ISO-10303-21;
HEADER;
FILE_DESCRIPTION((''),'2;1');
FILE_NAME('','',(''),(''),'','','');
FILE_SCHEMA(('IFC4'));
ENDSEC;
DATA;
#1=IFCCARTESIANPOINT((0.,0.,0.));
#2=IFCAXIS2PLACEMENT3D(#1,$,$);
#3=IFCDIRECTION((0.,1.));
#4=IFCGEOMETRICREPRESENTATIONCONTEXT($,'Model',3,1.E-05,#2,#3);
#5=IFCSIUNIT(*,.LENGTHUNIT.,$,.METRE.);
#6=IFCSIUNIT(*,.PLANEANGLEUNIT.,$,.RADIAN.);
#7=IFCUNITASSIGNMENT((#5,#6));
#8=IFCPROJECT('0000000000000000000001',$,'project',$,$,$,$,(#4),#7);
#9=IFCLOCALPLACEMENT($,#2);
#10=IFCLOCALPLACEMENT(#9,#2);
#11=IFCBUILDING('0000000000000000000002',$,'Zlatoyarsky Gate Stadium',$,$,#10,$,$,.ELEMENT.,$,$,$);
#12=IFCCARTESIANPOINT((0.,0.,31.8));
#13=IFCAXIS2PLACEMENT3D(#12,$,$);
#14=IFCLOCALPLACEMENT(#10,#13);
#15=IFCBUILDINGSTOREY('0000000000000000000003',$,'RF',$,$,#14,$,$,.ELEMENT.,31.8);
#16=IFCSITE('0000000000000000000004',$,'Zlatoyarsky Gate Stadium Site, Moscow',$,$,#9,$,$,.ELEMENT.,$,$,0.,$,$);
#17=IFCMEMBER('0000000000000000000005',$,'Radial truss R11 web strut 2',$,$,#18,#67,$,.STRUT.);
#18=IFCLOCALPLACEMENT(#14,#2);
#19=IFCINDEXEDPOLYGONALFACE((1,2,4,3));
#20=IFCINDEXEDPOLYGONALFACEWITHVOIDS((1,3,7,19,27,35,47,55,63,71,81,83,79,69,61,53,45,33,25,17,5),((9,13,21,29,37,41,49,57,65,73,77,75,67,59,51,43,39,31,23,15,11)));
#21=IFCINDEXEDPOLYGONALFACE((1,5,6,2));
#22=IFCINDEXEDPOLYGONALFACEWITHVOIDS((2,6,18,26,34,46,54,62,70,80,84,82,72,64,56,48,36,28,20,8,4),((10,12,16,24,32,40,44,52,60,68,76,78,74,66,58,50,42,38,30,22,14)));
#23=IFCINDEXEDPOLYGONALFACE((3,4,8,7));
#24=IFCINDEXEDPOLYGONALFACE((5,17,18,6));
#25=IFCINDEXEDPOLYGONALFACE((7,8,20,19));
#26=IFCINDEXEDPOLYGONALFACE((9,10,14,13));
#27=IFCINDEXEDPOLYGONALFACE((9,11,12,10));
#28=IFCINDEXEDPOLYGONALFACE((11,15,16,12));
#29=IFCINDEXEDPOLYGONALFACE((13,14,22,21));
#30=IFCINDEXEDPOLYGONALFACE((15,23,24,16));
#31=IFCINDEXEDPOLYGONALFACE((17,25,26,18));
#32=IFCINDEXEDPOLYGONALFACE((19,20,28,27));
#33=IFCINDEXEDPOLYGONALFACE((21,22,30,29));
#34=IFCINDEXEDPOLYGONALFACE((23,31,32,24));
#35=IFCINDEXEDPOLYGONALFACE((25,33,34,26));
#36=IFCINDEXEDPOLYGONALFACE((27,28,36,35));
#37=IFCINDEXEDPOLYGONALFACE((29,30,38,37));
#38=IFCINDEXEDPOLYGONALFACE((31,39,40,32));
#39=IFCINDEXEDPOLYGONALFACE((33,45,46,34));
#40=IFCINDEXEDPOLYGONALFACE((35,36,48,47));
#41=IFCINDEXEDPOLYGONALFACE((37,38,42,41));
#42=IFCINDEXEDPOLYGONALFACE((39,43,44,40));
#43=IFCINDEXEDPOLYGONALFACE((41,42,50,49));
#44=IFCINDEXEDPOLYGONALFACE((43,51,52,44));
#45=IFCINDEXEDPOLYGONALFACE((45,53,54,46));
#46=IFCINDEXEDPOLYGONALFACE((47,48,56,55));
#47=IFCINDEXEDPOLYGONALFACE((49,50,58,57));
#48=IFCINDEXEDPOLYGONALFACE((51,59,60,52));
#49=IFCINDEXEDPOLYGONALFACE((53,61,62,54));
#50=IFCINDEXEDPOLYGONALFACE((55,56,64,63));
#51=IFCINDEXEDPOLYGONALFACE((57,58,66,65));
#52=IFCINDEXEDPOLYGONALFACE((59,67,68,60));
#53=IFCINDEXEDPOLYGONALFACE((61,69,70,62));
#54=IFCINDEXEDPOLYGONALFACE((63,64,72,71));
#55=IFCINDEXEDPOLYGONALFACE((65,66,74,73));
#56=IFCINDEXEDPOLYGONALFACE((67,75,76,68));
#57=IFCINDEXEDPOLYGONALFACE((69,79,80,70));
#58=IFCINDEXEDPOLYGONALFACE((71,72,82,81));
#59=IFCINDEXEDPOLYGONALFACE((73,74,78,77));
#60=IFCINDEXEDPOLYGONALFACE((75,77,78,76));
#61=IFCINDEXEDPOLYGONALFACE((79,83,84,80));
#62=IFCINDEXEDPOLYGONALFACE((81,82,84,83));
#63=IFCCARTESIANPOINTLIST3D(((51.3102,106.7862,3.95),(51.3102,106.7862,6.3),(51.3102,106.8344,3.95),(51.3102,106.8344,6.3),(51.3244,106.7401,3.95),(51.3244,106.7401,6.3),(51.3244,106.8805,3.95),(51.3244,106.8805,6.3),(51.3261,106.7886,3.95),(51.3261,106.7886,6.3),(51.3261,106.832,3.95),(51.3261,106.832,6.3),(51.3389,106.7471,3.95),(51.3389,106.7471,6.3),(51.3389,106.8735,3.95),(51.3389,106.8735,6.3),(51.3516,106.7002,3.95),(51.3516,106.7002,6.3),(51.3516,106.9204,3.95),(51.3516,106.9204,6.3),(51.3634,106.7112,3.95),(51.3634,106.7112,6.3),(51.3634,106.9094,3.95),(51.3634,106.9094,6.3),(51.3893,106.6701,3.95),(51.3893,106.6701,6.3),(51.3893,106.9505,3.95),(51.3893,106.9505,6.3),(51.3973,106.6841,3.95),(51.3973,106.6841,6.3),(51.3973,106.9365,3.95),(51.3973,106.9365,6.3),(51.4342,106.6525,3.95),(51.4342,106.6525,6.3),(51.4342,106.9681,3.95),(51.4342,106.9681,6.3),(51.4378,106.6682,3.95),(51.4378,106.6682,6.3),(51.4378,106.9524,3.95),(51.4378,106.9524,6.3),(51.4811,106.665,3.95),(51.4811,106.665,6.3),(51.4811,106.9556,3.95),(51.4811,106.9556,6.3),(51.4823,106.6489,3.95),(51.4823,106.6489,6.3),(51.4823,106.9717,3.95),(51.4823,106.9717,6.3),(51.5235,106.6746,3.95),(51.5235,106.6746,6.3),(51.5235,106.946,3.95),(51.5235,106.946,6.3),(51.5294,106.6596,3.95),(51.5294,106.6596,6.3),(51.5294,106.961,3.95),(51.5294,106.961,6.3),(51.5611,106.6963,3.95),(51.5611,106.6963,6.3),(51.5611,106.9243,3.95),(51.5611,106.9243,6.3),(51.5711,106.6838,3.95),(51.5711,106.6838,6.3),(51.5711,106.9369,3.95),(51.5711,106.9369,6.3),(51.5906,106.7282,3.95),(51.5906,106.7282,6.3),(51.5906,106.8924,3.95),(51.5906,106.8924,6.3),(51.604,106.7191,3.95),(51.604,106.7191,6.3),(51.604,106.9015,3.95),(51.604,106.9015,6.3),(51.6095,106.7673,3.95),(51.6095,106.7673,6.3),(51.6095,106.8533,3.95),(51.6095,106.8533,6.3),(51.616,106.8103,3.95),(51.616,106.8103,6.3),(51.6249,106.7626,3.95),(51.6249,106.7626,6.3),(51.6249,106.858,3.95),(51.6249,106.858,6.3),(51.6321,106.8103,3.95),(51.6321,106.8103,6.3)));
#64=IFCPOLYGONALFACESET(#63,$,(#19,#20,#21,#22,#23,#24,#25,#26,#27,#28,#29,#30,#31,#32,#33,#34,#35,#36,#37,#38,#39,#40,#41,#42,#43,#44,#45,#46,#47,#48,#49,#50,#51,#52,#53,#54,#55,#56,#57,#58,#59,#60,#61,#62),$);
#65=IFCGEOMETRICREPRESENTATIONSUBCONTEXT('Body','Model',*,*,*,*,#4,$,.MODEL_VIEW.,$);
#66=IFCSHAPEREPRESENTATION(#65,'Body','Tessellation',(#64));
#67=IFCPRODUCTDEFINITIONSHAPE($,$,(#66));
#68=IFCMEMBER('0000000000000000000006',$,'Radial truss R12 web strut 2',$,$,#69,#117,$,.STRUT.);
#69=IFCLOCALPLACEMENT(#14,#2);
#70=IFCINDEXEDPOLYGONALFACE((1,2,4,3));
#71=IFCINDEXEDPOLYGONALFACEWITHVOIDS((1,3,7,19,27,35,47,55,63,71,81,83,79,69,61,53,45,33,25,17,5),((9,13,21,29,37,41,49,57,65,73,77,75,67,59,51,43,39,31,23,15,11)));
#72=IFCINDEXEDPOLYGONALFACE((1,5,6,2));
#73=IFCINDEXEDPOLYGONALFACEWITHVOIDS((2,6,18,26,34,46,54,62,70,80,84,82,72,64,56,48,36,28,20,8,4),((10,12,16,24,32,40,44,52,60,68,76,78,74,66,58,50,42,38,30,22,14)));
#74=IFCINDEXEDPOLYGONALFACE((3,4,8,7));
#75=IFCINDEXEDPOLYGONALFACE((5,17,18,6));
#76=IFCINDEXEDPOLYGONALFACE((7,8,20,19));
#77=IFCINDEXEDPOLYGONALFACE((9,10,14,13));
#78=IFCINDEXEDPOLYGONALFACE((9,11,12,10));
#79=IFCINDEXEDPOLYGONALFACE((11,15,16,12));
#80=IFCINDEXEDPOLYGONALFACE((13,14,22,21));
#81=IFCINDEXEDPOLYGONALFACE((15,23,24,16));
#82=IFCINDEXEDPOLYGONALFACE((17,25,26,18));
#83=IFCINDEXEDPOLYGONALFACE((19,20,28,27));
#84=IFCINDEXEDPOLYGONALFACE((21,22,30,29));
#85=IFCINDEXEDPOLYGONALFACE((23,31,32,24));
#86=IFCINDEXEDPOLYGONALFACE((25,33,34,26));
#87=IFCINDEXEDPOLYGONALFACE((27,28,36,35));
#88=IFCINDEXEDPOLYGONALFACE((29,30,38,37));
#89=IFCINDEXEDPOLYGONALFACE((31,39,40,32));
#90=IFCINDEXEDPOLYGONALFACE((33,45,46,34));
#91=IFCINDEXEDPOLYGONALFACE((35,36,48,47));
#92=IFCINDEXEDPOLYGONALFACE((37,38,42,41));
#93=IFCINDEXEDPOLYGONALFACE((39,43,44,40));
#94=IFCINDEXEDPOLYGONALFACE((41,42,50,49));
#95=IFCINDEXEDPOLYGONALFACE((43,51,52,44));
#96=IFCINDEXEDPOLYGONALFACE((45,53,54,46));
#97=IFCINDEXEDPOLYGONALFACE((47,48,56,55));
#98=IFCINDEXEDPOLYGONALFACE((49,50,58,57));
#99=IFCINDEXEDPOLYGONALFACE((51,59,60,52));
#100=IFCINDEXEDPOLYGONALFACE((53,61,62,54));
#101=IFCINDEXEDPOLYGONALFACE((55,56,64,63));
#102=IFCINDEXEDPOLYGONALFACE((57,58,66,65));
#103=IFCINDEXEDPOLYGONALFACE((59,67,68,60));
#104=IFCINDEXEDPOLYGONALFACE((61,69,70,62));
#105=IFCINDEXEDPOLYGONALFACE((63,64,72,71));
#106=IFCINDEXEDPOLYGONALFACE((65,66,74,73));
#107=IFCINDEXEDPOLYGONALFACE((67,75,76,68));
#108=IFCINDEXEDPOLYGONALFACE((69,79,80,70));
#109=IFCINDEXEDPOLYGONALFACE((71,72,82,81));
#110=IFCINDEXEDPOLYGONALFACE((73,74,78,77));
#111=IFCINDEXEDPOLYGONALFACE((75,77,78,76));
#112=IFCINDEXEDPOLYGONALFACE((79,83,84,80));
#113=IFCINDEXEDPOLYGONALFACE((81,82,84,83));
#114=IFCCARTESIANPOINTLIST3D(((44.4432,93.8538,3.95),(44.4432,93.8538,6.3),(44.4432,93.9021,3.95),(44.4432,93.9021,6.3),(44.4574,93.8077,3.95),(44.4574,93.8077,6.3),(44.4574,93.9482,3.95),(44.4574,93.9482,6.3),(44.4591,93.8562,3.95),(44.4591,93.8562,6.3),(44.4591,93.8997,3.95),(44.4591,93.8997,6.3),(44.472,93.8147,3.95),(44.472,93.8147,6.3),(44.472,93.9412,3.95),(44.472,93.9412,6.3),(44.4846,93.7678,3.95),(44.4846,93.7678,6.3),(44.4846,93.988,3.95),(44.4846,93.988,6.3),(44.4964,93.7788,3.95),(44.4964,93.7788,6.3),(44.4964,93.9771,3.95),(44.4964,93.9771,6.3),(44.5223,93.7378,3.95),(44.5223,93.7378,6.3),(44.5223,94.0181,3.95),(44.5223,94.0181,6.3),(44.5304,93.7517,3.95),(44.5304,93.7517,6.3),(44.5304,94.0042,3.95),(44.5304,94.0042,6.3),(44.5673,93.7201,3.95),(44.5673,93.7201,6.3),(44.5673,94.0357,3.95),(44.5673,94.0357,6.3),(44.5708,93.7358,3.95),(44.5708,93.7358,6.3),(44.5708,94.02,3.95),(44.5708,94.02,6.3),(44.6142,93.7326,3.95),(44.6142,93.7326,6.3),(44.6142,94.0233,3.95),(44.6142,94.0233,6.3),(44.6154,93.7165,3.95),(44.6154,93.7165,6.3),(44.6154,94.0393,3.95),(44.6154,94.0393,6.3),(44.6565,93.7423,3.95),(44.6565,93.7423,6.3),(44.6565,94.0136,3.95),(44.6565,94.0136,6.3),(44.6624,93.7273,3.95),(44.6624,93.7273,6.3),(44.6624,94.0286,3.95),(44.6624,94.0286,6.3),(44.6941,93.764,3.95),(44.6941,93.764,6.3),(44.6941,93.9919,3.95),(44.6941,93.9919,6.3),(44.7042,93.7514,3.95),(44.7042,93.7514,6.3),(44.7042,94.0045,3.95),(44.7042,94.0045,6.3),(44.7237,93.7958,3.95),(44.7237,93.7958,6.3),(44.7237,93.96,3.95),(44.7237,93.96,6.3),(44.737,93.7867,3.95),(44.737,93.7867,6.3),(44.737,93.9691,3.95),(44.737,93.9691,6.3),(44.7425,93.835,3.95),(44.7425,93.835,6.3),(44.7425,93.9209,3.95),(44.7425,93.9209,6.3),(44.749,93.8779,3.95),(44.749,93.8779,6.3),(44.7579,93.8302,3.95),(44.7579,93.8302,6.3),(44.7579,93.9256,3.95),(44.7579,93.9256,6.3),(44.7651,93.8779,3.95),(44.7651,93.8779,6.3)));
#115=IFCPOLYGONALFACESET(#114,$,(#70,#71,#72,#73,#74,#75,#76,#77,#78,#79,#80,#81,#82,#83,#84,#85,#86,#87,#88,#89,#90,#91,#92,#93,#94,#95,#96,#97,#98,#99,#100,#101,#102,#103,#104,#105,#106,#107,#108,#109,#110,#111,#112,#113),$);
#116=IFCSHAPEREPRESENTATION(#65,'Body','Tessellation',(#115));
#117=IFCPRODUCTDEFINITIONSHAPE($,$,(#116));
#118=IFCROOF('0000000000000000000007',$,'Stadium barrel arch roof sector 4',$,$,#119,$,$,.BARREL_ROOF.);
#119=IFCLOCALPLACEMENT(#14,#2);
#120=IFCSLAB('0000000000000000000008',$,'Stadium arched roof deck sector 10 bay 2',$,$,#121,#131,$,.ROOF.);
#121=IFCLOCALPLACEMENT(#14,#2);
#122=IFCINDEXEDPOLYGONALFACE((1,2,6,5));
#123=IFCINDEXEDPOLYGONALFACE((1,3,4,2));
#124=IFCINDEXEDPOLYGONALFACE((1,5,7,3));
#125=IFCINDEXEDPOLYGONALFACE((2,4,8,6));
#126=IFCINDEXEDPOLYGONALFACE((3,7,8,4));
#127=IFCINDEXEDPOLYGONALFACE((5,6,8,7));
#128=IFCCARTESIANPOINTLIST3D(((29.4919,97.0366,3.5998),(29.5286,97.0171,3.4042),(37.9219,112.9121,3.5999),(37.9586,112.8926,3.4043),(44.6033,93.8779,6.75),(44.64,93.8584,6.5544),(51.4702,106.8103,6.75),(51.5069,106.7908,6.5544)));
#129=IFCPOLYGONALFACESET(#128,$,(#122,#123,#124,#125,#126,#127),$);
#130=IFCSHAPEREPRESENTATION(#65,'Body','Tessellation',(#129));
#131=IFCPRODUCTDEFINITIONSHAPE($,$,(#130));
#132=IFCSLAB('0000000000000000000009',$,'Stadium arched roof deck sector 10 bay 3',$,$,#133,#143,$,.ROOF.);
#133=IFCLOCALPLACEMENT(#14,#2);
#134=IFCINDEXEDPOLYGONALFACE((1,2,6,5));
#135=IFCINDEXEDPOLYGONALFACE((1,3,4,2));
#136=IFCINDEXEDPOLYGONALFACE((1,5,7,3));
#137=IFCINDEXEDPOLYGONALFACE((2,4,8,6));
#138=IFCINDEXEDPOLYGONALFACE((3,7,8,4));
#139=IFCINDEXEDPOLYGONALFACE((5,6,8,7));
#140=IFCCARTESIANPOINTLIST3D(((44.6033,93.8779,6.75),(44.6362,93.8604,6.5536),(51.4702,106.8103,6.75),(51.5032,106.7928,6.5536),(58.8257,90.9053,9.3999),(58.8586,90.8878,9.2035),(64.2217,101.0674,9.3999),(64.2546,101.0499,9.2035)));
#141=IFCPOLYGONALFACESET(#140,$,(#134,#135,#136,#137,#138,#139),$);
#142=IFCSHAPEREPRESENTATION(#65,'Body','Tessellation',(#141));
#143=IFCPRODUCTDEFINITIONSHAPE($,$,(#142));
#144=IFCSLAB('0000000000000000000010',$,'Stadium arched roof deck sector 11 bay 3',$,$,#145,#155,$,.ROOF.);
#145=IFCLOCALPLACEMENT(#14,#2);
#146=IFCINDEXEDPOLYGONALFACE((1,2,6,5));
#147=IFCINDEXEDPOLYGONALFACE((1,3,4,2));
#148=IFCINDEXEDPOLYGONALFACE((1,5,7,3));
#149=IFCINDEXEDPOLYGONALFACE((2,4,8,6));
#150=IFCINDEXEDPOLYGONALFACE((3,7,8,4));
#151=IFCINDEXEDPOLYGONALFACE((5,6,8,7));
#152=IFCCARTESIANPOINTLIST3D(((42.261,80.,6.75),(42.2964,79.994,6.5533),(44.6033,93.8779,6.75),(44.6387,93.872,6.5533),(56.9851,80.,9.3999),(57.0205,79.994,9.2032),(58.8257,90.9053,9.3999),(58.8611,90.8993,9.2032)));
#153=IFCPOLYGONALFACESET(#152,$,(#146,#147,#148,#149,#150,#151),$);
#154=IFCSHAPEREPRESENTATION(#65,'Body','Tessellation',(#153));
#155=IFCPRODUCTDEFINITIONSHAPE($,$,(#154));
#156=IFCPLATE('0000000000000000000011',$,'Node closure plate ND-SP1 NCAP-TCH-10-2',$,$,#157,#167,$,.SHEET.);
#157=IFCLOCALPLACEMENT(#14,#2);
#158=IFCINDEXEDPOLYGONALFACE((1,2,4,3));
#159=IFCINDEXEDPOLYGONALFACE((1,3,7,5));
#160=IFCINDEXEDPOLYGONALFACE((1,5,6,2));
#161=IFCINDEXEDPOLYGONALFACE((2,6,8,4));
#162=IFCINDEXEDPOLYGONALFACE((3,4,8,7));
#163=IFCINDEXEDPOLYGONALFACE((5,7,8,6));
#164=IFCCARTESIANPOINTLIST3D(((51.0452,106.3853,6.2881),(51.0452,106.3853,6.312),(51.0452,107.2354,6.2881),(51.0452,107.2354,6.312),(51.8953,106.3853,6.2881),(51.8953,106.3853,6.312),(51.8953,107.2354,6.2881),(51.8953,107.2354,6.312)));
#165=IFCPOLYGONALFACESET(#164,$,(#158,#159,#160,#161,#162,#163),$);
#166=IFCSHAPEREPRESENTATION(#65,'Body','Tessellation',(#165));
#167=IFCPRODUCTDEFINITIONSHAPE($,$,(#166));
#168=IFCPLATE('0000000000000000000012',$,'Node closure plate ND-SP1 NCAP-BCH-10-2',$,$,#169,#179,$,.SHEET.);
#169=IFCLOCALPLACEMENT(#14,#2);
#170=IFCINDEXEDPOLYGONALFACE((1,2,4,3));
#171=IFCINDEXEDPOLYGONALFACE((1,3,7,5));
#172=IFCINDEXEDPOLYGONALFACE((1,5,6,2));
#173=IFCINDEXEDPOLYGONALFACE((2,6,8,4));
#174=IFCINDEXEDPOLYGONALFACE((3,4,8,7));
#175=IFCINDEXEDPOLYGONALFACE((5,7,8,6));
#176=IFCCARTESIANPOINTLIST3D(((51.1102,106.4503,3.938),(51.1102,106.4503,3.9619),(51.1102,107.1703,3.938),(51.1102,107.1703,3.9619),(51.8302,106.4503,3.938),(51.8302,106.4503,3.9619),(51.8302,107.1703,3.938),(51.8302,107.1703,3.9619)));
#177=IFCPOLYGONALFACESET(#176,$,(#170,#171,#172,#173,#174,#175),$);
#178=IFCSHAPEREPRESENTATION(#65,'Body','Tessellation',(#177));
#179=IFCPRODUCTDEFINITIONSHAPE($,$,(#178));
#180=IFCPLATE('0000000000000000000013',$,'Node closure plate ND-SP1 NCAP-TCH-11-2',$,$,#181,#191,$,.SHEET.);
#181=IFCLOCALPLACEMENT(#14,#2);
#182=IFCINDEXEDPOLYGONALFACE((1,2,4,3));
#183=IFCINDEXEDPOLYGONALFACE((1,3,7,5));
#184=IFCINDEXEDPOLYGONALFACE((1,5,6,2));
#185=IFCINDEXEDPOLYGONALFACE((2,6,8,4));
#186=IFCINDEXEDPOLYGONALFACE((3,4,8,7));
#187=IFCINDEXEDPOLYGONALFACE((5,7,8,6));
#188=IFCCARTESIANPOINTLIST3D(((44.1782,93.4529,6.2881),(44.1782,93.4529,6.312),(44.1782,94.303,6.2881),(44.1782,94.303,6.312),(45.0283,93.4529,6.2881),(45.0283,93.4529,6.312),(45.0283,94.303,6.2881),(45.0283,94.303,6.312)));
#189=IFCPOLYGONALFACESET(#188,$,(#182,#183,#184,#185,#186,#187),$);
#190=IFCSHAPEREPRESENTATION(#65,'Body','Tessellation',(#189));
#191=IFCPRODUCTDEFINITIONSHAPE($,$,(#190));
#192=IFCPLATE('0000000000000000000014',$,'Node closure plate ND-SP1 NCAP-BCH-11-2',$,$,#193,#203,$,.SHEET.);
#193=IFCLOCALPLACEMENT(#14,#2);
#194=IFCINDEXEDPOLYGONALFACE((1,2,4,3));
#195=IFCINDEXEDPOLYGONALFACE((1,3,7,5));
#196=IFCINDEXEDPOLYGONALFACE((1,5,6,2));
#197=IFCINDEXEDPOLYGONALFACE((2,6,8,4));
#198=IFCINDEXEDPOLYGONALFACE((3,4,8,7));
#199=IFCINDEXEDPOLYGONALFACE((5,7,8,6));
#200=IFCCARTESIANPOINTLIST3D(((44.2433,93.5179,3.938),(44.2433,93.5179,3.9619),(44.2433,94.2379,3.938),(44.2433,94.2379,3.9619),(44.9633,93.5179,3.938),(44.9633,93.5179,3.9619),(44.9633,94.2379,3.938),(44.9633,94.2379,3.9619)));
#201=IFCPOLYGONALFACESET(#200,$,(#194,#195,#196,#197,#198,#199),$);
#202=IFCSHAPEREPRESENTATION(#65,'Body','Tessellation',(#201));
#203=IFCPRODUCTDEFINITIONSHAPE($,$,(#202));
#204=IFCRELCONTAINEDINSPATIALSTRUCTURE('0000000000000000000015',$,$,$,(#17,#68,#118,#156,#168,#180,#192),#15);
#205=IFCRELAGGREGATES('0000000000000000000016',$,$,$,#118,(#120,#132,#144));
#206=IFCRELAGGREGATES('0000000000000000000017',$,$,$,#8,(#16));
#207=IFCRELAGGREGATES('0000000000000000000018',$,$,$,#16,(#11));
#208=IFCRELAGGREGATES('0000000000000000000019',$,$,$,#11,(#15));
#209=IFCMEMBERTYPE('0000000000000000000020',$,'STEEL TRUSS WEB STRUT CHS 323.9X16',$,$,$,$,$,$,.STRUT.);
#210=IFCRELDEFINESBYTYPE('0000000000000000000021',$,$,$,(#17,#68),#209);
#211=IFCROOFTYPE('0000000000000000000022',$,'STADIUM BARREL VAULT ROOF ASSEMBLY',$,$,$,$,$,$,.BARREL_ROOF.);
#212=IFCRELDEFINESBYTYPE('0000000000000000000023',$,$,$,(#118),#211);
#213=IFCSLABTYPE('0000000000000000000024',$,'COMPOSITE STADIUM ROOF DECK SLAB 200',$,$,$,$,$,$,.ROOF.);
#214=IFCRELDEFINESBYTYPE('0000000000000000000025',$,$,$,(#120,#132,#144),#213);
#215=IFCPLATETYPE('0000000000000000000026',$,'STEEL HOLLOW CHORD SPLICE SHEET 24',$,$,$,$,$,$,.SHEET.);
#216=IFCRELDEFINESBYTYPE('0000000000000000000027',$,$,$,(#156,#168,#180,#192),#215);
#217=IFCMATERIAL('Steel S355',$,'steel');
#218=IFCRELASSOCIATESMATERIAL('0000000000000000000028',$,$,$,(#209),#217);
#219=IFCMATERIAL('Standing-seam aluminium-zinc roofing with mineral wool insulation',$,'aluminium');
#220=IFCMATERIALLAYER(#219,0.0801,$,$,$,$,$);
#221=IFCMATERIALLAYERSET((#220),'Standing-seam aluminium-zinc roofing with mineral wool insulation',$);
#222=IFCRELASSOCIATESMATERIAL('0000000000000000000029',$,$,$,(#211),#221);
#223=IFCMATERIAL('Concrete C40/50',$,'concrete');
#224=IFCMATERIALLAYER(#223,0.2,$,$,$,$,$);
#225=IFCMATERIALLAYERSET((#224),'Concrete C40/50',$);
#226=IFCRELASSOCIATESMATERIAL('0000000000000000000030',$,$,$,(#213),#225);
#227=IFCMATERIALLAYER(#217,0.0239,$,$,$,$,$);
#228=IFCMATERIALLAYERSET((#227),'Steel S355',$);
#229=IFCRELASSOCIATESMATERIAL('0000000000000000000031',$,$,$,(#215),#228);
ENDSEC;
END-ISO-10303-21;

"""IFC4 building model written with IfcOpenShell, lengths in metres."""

from ifc_helpers import new_model, si_unit, direction, frame, origin, origin_2d, place, context, subcontext, project, spatial, polyline, rectangle, hollow_circle, outline, extrude, material, layer, layer_set, material_profile, profile_set, type_object, element, aggregate, save


model = new_model("IFC4")

# Units and contexts
model_context = context("Model", 3, precision=1e-05, world=origin(), true_north=direction((0.0, 1.0)))
body_context = subcontext(model_context, "Body", "Model", "MODEL_VIEW")
ifc_project = project(units=[si_unit("LENGTHUNIT", "METRE"), si_unit("PLANEANGLEUNIT", "RADIAN")], contexts=[model_context])

# Site, building, storey
site_placement = place(None, origin())
site = spatial("IfcSite", under=ifc_project, at=site_placement, Name="Zlatoyarsky Gate Stadium Site, Moscow", CompositionType="ELEMENT", RefElevation=0.0)
building_placement = place(site_placement, origin())
building = spatial("IfcBuilding", under=site, at=building_placement, Name="Zlatoyarsky Gate Stadium", CompositionType="ELEMENT")
storey_placement = place(building_placement, frame((0.0, 0.0, 31.8)))
storey = spatial("IfcBuildingStorey", under=building, at=storey_placement, Name="RF", CompositionType="ELEMENT", Elevation=31.8)

# Shared definitions
ifc_material_1 = material(Name="Steel S355", Category="steel")

# Members
ifc_material_profile_1 = material_profile(ifc_material_1, hollow_circle(Radius=0.1619, WallThickness=0.0161, at=origin_2d()), Name="CHS 323.9X16")
ifc_profile_set_1 = profile_set([ifc_material_profile_1], Name="Steel S355")
member_type_1 = type_object("IfcMemberType", Name="STEEL TRUSS WEB STRUT CHS 323.9X16", PredefinedType="STRUT", material=ifc_profile_set_1)
for number, where, z_axis, x_axis, name in (
    (1, (51.4702, 106.8103, 3.95), (0.0, 0.0, 1.0), (1.0, 0.0, 0.0), "Radial truss R11 web strut 2"),
    (2, (44.6033, 93.8779, 3.95), (0.0, 0.0, 1.0), (1.0, 0.0, 0.0), "Radial truss R12 web strut 2"),
):
    element("IfcMember", number, at=place(storey_placement, frame(where, z_axis=z_axis, x_axis=x_axis)), inside=storey, type_object=member_type_1, Name=name, PredefinedType="STRUT", context=body_context, shape_type="SweptSolid", body=[
        extrude(hollow_circle(Radius=0.1619, WallThickness=0.0161, at=origin_2d()), origin(), (0.0, 0.0, 1.0), 2.3501),
    ])

# Roof, slabs
ifc_material_2 = material(Name="Standing-seam aluminium-zinc roofing with mineral wool insulation", Category="aluminium")
ifc_layer_1 = layer(ifc_material_2, 0.0801)
ifc_layer_set_1 = layer_set([ifc_layer_1], Name="Standing-seam aluminium-zinc roofing with mineral wool insulation")
roof_type = type_object("IfcRoofType", Name="STADIUM BARREL VAULT ROOF ASSEMBLY", PredefinedType="BARREL_ROOF", material=ifc_layer_set_1)
roof_placement = place(storey_placement, origin())
roof = element("IfcRoof", 3, at=roof_placement, inside=storey, type_object=roof_type, Name="Stadium barrel arch roof sector 4", PredefinedType="BARREL_ROOF")
ifc_material_3 = material(Name="Concrete C40/50", Category="concrete")
ifc_layer_2 = layer(ifc_material_3, 0.2)
ifc_layer_set_2 = layer_set([ifc_layer_2], Name="Concrete C40/50")
slab_type = type_object("IfcSlabType", Name="COMPOSITE STADIUM ROOF DECK SLAB 200", PredefinedType="ROOF", material=ifc_layer_set_2)
slab_1_placement = place(storey_placement, frame((37.9219, 112.9121, 3.5999), z_axis=(-0.183541, 0.09746, 0.978169), x_axis=(-0.468985, -0.883206, -0.000001)))
slab_1 = element("IfcSlab", 4, at=slab_1_placement, type_object=slab_type, Name="Stadium arched roof deck sector 10 bay 2", PredefinedType="ROOF", context=body_context, shape_type="SweptSolid", body=[
    extrude(outline(polyline([(0.0, 0.0), (17.9748, 0.0), (13.6776, 15.1587), (-0.9648, 15.1586), (0.0, 0.0)])), origin(), (0.0, 0.0, -1.0), 0.2),
])
slab_2_placement = place(storey_placement, frame((51.4702, 106.8103, 6.75), z_axis=(-0.164762, 0.087487, 0.982446), x_axis=(-0.468975, -0.883211, 0.0)))
slab_2 = element("IfcSlab", 5, at=slab_2_placement, type_object=slab_type, Name="Stadium arched roof deck sector 10 bay 3", PredefinedType="ROOF", context=body_context, shape_type="SweptSolid", body=[
    extrude(outline(polyline([(0.0, 0.0), (14.6424, 0.0), (10.598, 14.2049), (-0.9079, 14.2049), (0.0, 0.0)])), origin(), (0.0, 0.0, -1.0), 0.2),
])
slab_3_placement = place(storey_placement, frame((44.6033, 93.8779, 6.75), z_axis=(-0.177045, 0.029881, 0.983749), x_axis=(-0.166424, -0.986054, 0.0)))
slab_3 = element("IfcSlab", 6, at=slab_3_placement, type_object=slab_type, Name="Stadium arched roof deck sector 11 bay 3", PredefinedType="ROOF", context=body_context, shape_type="SweptSolid", body=[
    extrude(outline(polyline([(0.0, 0.0), (14.0742, 0.0), (11.6238, 14.7586), (0.5642, 14.7586), (0.0, 0.0)])), origin(), (0.0, 0.0, -1.0), 0.2),
])

# Plates
ifc_layer_3 = layer(ifc_material_1, 0.0239)
ifc_layer_set_3 = layer_set([ifc_layer_3], Name="Steel S355")
plate_type_1 = type_object("IfcPlateType", Name="STEEL HOLLOW CHORD SPLICE SHEET 24", PredefinedType="SHEET", material=ifc_layer_set_3)
plate_1_placement = place(storey_placement, frame((51.4702, 106.8103, 6.2881), z_axis=(0.0, 0.0, 1.0), x_axis=(1.0, 0.0, 0.0)))
element("IfcPlate", 7, at=plate_1_placement, inside=storey, type_object=plate_type_1, Name="Node closure plate ND-SP1 NCAP-TCH-10-2", PredefinedType="SHEET", context=body_context, shape_type="SweptSolid", body=[
    extrude(rectangle(XDim=0.8501, YDim=0.8501, at=origin_2d()), origin(), (0.0, 0.0, 1.0), 0.0239),
])
plate_2_placement = place(storey_placement, frame((51.4702, 106.8103, 3.938), z_axis=(0.0, 0.0, 1.0), x_axis=(1.0, 0.0, 0.0)))
element("IfcPlate", 8, at=plate_2_placement, inside=storey, type_object=plate_type_1, Name="Node closure plate ND-SP1 NCAP-BCH-10-2", PredefinedType="SHEET", context=body_context, shape_type="SweptSolid", body=[
    extrude(rectangle(XDim=0.72, YDim=0.72, at=origin_2d()), origin(), (0.0, 0.0, 1.0), 0.0239),
])
plate_3_placement = place(storey_placement, frame((44.6033, 93.8779, 6.2881), z_axis=(0.0, 0.0, 1.0), x_axis=(1.0, 0.0, 0.0)))
element("IfcPlate", 9, at=plate_3_placement, inside=storey, type_object=plate_type_1, Name="Node closure plate ND-SP1 NCAP-TCH-11-2", PredefinedType="SHEET", context=body_context, shape_type="SweptSolid", body=[
    extrude(rectangle(XDim=0.8501, YDim=0.8501, at=origin_2d()), origin(), (0.0, 0.0, 1.0), 0.0239),
])
plate_4_placement = place(storey_placement, frame((44.6033, 93.8779, 3.938), z_axis=(0.0, 0.0, 1.0), x_axis=(1.0, 0.0, 0.0)))
element("IfcPlate", 10, at=plate_4_placement, inside=storey, type_object=plate_type_1, Name="Node closure plate ND-SP1 NCAP-BCH-11-2", PredefinedType="SHEET", context=body_context, shape_type="SweptSolid", body=[
    extrude(rectangle(XDim=0.72, YDim=0.72, at=origin_2d()), origin(), (0.0, 0.0, 1.0), 0.0239),
])

aggregate(roof, [slab_1, slab_2, slab_3])

save(model, "model.ifc")
